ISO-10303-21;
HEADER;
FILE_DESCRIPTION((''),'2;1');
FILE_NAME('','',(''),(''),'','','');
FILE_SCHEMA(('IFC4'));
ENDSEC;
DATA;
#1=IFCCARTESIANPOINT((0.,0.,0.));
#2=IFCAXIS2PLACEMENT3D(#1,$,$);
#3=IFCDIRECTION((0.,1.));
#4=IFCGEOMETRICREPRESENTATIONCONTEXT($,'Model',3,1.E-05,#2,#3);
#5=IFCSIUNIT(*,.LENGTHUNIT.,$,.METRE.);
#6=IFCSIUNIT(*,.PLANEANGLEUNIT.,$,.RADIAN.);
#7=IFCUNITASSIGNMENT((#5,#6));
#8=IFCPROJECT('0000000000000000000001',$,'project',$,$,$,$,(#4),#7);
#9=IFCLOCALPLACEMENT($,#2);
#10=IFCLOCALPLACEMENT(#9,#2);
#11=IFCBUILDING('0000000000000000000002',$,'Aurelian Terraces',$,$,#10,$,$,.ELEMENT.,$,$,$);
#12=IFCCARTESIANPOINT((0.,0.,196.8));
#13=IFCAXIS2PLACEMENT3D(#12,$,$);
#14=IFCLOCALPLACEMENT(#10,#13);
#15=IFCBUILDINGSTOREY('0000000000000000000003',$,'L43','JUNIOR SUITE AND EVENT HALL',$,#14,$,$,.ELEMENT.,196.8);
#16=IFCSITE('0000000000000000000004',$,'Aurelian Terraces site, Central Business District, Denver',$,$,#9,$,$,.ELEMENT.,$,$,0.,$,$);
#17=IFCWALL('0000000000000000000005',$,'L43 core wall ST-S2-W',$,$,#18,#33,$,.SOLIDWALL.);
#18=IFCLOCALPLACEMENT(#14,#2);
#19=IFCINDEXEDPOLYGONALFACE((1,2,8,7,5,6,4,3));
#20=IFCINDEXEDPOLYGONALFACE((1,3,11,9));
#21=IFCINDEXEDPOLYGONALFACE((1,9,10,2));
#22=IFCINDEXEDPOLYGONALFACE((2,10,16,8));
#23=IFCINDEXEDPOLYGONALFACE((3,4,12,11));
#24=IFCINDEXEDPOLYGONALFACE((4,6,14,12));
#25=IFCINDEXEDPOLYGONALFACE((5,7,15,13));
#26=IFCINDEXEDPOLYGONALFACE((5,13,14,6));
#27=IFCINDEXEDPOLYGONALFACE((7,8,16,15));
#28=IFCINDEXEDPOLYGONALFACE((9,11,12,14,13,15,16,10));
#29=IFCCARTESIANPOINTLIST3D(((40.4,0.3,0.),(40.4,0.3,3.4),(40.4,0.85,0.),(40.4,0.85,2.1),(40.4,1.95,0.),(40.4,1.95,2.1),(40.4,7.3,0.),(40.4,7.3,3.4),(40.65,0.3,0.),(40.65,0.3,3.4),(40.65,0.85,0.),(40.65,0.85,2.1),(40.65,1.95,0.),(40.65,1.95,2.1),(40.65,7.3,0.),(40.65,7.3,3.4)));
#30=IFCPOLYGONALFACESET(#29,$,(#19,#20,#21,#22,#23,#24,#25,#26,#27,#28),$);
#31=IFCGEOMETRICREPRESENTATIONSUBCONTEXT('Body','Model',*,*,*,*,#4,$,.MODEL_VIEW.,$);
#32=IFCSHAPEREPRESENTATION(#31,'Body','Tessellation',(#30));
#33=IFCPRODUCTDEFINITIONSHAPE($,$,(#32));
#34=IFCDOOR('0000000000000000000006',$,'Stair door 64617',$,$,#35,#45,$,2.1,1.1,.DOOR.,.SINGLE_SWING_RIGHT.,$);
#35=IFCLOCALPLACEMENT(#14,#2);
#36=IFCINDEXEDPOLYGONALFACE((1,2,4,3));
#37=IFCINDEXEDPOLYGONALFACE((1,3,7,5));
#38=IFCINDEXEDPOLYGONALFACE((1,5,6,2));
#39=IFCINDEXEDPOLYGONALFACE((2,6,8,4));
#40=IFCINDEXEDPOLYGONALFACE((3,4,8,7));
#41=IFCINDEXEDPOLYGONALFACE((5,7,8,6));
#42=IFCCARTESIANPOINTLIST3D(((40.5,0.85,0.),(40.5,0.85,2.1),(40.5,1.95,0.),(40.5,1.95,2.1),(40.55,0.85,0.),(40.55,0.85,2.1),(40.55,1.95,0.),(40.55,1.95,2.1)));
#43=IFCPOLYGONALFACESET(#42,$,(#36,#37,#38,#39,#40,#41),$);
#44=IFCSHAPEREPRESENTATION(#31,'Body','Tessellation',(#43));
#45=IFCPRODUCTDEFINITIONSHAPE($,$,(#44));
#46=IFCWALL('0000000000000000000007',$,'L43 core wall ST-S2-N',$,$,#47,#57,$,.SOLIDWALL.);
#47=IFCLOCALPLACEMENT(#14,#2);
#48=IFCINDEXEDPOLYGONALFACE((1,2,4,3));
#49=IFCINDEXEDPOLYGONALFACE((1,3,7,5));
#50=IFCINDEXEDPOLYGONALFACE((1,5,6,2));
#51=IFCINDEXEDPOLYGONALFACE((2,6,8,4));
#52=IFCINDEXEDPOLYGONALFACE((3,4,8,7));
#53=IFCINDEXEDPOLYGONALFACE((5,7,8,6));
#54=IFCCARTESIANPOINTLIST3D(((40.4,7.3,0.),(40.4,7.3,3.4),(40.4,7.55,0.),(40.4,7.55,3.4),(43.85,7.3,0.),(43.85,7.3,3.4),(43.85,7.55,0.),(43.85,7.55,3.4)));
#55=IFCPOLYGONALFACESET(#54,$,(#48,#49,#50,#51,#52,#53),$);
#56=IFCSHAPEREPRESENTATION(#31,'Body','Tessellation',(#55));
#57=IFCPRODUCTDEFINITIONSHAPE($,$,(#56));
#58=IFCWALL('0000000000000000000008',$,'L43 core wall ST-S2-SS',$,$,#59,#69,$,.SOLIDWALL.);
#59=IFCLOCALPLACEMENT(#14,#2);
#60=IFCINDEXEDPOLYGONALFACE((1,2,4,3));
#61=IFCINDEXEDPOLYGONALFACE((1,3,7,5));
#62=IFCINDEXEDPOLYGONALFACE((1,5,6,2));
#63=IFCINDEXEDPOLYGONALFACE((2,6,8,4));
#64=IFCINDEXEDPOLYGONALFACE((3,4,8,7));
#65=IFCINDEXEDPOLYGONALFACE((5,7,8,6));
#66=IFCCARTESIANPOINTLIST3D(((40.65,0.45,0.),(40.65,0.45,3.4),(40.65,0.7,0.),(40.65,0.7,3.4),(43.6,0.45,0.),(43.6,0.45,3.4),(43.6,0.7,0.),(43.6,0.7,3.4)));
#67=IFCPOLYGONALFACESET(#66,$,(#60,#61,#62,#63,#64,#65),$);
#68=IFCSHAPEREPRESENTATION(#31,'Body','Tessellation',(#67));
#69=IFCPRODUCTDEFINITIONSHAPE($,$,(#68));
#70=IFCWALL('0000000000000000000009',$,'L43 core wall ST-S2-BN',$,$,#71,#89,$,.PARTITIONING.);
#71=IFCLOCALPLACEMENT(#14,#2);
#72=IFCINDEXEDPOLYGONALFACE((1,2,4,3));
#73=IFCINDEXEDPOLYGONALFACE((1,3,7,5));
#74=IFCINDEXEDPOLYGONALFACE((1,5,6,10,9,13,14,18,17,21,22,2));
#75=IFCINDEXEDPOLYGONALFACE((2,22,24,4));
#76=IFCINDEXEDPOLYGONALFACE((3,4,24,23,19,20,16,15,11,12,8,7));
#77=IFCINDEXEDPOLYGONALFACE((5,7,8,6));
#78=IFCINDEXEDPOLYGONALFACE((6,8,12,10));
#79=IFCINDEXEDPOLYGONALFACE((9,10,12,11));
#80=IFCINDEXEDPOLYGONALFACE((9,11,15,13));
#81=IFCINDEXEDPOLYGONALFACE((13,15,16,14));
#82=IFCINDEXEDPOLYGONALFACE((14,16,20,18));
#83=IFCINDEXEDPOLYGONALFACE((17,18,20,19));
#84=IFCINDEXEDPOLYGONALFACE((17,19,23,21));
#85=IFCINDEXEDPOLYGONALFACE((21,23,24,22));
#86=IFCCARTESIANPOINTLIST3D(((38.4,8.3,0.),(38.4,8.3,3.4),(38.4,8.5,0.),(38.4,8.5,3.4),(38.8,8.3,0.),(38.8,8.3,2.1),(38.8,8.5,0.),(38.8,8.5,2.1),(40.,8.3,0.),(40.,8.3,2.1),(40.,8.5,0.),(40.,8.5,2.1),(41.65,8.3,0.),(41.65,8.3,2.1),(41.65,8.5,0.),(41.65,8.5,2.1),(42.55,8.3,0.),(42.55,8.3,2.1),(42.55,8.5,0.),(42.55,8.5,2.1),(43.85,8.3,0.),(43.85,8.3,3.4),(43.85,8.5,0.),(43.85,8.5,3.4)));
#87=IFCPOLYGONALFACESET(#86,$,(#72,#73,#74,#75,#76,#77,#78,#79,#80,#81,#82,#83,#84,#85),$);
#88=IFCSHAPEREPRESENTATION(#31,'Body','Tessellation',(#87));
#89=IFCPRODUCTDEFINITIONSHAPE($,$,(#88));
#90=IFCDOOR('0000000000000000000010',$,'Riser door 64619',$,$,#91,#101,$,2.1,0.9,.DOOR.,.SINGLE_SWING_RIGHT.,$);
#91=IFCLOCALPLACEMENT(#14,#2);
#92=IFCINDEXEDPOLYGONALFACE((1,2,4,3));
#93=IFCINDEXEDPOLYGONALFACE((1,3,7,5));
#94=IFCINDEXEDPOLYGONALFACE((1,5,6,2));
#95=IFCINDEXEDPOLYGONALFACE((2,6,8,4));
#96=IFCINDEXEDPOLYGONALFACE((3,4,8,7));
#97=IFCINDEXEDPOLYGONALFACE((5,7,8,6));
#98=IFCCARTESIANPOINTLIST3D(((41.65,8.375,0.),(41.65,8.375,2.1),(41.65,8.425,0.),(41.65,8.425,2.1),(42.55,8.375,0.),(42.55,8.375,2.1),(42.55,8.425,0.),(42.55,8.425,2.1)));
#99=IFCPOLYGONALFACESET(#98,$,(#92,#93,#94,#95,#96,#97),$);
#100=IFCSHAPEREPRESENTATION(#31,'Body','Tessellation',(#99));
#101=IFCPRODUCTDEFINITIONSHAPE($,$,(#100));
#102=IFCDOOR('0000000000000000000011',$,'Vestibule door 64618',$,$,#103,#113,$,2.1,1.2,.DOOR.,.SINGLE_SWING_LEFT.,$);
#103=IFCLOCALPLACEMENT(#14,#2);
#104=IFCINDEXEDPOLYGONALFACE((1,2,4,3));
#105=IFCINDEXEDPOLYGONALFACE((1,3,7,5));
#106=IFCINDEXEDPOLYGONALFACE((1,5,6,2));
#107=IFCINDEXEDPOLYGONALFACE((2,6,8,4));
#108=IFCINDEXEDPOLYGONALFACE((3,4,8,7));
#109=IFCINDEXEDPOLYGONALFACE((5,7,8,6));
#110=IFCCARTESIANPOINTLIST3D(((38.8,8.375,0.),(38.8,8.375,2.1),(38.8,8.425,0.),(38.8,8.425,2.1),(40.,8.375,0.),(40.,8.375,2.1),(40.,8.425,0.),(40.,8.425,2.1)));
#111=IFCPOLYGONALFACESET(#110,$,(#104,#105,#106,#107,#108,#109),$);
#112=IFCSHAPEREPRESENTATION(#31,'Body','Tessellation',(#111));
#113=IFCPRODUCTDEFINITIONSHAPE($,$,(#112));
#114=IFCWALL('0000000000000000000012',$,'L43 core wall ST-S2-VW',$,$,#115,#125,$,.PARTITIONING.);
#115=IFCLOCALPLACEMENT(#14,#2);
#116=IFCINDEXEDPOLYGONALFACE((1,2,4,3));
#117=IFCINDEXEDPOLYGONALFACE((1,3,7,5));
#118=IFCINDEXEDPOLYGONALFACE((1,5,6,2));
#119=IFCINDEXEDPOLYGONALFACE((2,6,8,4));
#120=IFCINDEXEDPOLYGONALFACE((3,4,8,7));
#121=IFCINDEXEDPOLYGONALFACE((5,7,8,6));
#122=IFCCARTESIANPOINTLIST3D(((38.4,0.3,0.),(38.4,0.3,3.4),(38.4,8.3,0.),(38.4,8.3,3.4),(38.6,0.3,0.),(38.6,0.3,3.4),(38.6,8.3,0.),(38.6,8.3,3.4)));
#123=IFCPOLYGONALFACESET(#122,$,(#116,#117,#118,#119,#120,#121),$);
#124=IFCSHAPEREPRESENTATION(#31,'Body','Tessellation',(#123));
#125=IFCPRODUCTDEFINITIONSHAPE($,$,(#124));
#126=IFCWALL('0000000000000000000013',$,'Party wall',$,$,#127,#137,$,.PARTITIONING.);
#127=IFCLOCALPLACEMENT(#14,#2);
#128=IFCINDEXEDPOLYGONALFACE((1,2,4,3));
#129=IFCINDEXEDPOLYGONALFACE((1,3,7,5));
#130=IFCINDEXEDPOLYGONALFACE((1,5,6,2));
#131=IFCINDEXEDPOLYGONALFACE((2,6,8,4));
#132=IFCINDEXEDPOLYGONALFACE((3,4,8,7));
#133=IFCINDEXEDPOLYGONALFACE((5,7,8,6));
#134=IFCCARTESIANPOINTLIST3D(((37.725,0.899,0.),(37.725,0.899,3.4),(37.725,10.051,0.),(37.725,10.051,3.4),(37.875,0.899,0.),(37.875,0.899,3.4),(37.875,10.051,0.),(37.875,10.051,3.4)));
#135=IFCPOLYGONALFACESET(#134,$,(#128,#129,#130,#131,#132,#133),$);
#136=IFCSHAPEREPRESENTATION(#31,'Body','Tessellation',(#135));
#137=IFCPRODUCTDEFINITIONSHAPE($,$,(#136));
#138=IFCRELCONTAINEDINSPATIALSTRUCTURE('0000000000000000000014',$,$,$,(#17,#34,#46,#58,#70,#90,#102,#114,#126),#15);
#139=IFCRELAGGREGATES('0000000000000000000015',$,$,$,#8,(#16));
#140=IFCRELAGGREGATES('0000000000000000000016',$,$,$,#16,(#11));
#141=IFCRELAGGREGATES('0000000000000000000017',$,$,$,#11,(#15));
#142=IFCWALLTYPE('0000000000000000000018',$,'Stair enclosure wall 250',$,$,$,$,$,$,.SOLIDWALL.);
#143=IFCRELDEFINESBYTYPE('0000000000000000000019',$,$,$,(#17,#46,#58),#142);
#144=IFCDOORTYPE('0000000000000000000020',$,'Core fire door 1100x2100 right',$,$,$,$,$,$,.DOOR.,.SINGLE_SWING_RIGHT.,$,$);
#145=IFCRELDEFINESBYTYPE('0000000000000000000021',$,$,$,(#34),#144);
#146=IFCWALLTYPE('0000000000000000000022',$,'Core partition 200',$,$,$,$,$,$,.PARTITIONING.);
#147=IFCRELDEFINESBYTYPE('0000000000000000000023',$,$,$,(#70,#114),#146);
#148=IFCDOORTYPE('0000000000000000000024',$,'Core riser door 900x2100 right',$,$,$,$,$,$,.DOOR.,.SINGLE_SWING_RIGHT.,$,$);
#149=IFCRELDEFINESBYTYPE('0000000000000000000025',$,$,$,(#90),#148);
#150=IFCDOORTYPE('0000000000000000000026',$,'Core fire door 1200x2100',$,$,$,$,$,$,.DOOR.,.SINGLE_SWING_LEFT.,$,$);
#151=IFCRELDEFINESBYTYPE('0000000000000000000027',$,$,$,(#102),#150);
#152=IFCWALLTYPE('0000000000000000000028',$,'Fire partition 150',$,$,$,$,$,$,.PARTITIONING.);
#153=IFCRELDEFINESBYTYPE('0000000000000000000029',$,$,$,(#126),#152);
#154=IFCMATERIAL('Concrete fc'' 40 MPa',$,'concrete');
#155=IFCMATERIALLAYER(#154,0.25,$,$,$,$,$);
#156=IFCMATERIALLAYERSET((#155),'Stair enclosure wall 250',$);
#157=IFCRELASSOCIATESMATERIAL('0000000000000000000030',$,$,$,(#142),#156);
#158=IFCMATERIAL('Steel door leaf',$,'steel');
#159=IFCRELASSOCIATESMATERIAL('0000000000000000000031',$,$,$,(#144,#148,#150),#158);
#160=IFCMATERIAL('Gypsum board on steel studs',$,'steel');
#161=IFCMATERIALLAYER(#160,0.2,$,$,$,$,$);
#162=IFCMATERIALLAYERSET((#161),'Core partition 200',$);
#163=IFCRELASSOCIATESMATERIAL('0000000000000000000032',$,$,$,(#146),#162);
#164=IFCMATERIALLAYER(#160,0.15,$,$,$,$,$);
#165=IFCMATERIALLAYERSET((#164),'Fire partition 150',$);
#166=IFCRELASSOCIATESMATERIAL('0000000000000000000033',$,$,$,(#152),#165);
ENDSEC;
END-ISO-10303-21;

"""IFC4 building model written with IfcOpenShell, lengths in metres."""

from ifc_helpers import new_model, si_unit, direction, frame, frame_2d, origin, place, context, subcontext, project, spatial, rectangle, extrude, source, transform, mapped, material, layer, layer_set, type_object, element, fill, save


model = new_model("IFC4")

# Units and contexts
model_context = context("Model", 3, precision=1e-05, world=origin(), true_north=direction((0.0, 1.0)))
body_context = subcontext(model_context, "Body", "Model", "MODEL_VIEW")
ifc_project = project(units=[si_unit("LENGTHUNIT", "METRE"), si_unit("PLANEANGLEUNIT", "RADIAN")], contexts=[model_context])

# Site, building, storey
site_placement = place(None, origin())
site = spatial("IfcSite", under=ifc_project, at=site_placement, Name="Aurelian Terraces site, Central Business District, Denver", CompositionType="ELEMENT", RefElevation=0.0)
building_placement = place(site_placement, origin())
building = spatial("IfcBuilding", under=site, at=building_placement, Name="Aurelian Terraces", CompositionType="ELEMENT")
storey_placement = place(building_placement, frame((0.0, 0.0, 196.8)))
storey = spatial("IfcBuildingStorey", under=building, at=storey_placement, Name="L43", Description="JUNIOR SUITE AND EVENT HALL", CompositionType="ELEMENT", Elevation=196.8)

# Shared definitions
ifc_material_1 = material(Name="Concrete fc' 40 MPa", Category="concrete")

# Wall, opening, door
ifc_layer_1 = layer(ifc_material_1, 0.25)
ifc_layer_set_1 = layer_set([ifc_layer_1], Name="Stair enclosure wall 250")
wall_type_1 = type_object("IfcWallType", Name="Stair enclosure wall 250", PredefinedType="SOLIDWALL", material=ifc_layer_set_1)
shared_shape_1 = source(origin(), body_context, "Body", "SweptSolid", [
    extrude(rectangle(XDim=7.0, YDim=0.25, at=frame_2d((3.5, 0.0))), origin(), (0.0, 0.0, 1.0), 3.4),
])
wall_1_placement = place(storey_placement, frame((40.525, 0.3, 0.0), z_axis=(0.0, 0.0, 1.0), x_axis=(0.0, 1.0, 0.0)))
wall_1 = element("IfcWall", 1, at=wall_1_placement, inside=storey, type_object=wall_type_1, Name="L43 core wall ST-S2-W", PredefinedType="SOLIDWALL", context=body_context, shape_type="MappedRepresentation", body=[
    mapped(shared_shape_1, transform((0.0, 0.0, 0.0), scale=1.0)),
])
shared_shape_2 = source(origin(), body_context, "Body", "SweptSolid", [
    extrude(rectangle(XDim=1.1, YDim=2.1, at=frame_2d((0.55, 1.05))), frame((0.0, 0.135, 0.0), z_axis=(0.0, -1.0, 0.0), x_axis=(1.0, 0.0, 0.0)), (0.0, 0.0, 1.0), 0.27),
])
opening_1_placement = place(wall_1_placement, frame((0.55, 0.0, 0.0)))
opening_1 = element("IfcOpeningElement", 2, at=opening_1_placement, cuts=wall_1, PredefinedType="OPENING", context=body_context, shape_type="MappedRepresentation", body=[
    mapped(shared_shape_2, transform((0.0, 0.0, 0.0), scale=1.0)),
])
ifc_material_2 = material(Name="Steel door leaf", Category="steel")
door_type_1 = type_object("IfcDoorType", Name="Core fire door 1100x2100 right", OperationType="SINGLE_SWING_RIGHT", PredefinedType="DOOR", material=ifc_material_2)
shared_shape_3 = source(origin(), body_context, "Body", "SweptSolid", [
    extrude(rectangle(XDim=1.1, YDim=2.1, at=frame_2d((0.55, 1.05))), frame((0.0, 0.025, 0.0), z_axis=(0.0, -1.0, 0.0), x_axis=(1.0, 0.0, 0.0)), (0.0, 0.0, 1.0), 0.05),
])
door_1_placement = place(opening_1_placement, origin())
door_1 = element("IfcDoor", 3, at=door_1_placement, inside=storey, type_object=door_type_1, Name="Stair door 64617", OperationType="SINGLE_SWING_RIGHT", OverallHeight=2.1, OverallWidth=1.1, PredefinedType="DOOR", context=body_context, shape_type="MappedRepresentation", body=[
    mapped(shared_shape_3, transform((0.0, 0.0, 0.0), scale=1.0)),
])
fill(opening_1, door_1)

# Walls
shared_shape_4 = source(origin(), body_context, "Body", "SweptSolid", [
    extrude(rectangle(XDim=3.45, YDim=0.25, at=frame_2d((1.725, 0.0))), origin(), (0.0, 0.0, 1.0), 3.4),
])
wall_2_placement = place(storey_placement, frame((40.4, 7.425, 0.0), z_axis=(0.0, 0.0, 1.0), x_axis=(1.0, 0.0, 0.0)))
element("IfcWall", 4, at=wall_2_placement, inside=storey, type_object=wall_type_1, Name="L43 core wall ST-S2-N", PredefinedType="SOLIDWALL", context=body_context, shape_type="MappedRepresentation", body=[
    mapped(shared_shape_4, transform((0.0, 0.0, 0.0), scale=1.0)),
])
shared_shape_5 = source(origin(), body_context, "Body", "SweptSolid", [
    extrude(rectangle(XDim=2.95, YDim=0.25, at=frame_2d((1.475, 0.0))), origin(), (0.0, 0.0, 1.0), 3.4),
])
wall_3_placement = place(storey_placement, frame((40.65, 0.575, 0.0), z_axis=(0.0, 0.0, 1.0), x_axis=(1.0, 0.0, 0.0)))
element("IfcWall", 5, at=wall_3_placement, inside=storey, type_object=wall_type_1, Name="L43 core wall ST-S2-SS", PredefinedType="SOLIDWALL", context=body_context, shape_type="MappedRepresentation", body=[
    mapped(shared_shape_5, transform((0.0, 0.0, 0.0), scale=1.0)),
])

# Wall, openings, doors
ifc_material_3 = material(Name="Gypsum board on steel studs", Category="steel")
ifc_layer_2 = layer(ifc_material_3, 0.2)
ifc_layer_set_2 = layer_set([ifc_layer_2], Name="Core partition 200")
wall_type_2 = type_object("IfcWallType", Name="Core partition 200", PredefinedType="PARTITIONING", material=ifc_layer_set_2)
shared_shape_6 = source(origin(), body_context, "Body", "SweptSolid", [
    extrude(rectangle(XDim=5.45, YDim=0.2, at=frame_2d((2.725, 0.0))), origin(), (0.0, 0.0, 1.0), 3.4),
])
wall_4_placement = place(storey_placement, frame((38.4, 8.4, 0.0), z_axis=(0.0, 0.0, 1.0), x_axis=(1.0, 0.0, 0.0)))
wall_4 = element("IfcWall", 6, at=wall_4_placement, inside=storey, type_object=wall_type_2, Name="L43 core wall ST-S2-BN", PredefinedType="PARTITIONING", context=body_context, shape_type="MappedRepresentation", body=[
    mapped(shared_shape_6, transform((0.0, 0.0, 0.0), scale=1.0)),
])
shared_shape_7 = source(origin(), body_context, "Body", "SweptSolid", [
    extrude(rectangle(XDim=1.2, YDim=2.1, at=frame_2d((0.6, 1.05))), frame((0.0, 0.11, 0.0), z_axis=(0.0, -1.0, 0.0), x_axis=(1.0, 0.0, 0.0)), (0.0, 0.0, 1.0), 0.22),
])
opening_2_placement = place(wall_4_placement, frame((0.4, 0.0, 0.0)))
opening_2 = element("IfcOpeningElement", 7, at=opening_2_placement, cuts=wall_4, PredefinedType="OPENING", context=body_context, shape_type="MappedRepresentation", body=[
    mapped(shared_shape_7, transform((0.0, 0.0, 0.0), scale=1.0)),
])
shared_shape_8 = source(origin(), body_context, "Body", "SweptSolid", [
    extrude(rectangle(XDim=0.9, YDim=2.1, at=frame_2d((0.45, 1.05))), frame((0.0, 0.11, 0.0), z_axis=(0.0, -1.0, 0.0), x_axis=(1.0, 0.0, 0.0)), (0.0, 0.0, 1.0), 0.22),
])
opening_3_placement = place(wall_4_placement, frame((3.25, 0.0, 0.0)))
opening_3 = element("IfcOpeningElement", 8, at=opening_3_placement, cuts=wall_4, PredefinedType="OPENING", context=body_context, shape_type="MappedRepresentation", body=[
    mapped(shared_shape_8, transform((0.0, 0.0, 0.0), scale=1.0)),
])
door_type_2 = type_object("IfcDoorType", Name="Core riser door 900x2100 right", OperationType="SINGLE_SWING_RIGHT", PredefinedType="DOOR", material=ifc_material_2)
shared_shape_9 = source(origin(), body_context, "Body", "SweptSolid", [
    extrude(rectangle(XDim=0.9, YDim=2.1, at=frame_2d((0.45, 1.05))), frame((0.0, 0.025, 0.0), z_axis=(0.0, -1.0, 0.0), x_axis=(1.0, 0.0, 0.0)), (0.0, 0.0, 1.0), 0.05),
])
door_2_placement = place(opening_3_placement, origin())
door_2 = element("IfcDoor", 9, at=door_2_placement, inside=storey, type_object=door_type_2, Name="Riser door 64619", OperationType="SINGLE_SWING_RIGHT", OverallHeight=2.1, OverallWidth=0.9, PredefinedType="DOOR", context=body_context, shape_type="MappedRepresentation", body=[
    mapped(shared_shape_9, transform((0.0, 0.0, 0.0), scale=1.0)),
])
fill(opening_3, door_2)
door_type_3 = type_object("IfcDoorType", Name="Core fire door 1200x2100", OperationType="SINGLE_SWING_LEFT", PredefinedType="DOOR", material=ifc_material_2)
shared_shape_10 = source(origin(), body_context, "Body", "SweptSolid", [
    extrude(rectangle(XDim=1.2, YDim=2.1, at=frame_2d((0.6, 1.05))), frame((0.0, 0.025, 0.0), z_axis=(0.0, -1.0, 0.0), x_axis=(1.0, 0.0, 0.0)), (0.0, 0.0, 1.0), 0.05),
])
door_3_placement = place(opening_2_placement, origin())
door_3 = element("IfcDoor", 10, at=door_3_placement, inside=storey, type_object=door_type_3, Name="Vestibule door 64618", OperationType="SINGLE_SWING_LEFT", OverallHeight=2.1, OverallWidth=1.2, PredefinedType="DOOR", context=body_context, shape_type="MappedRepresentation", body=[
    mapped(shared_shape_10, transform((0.0, 0.0, 0.0), scale=1.0)),
])
fill(opening_2, door_3)

# Walls
shared_shape_11 = source(origin(), body_context, "Body", "SweptSolid", [
    extrude(rectangle(XDim=8.0, YDim=0.2, at=frame_2d((4.0, 0.0))), origin(), (0.0, 0.0, 1.0), 3.4),
])
wall_5_placement = place(storey_placement, frame((38.5, 0.3, 0.0), z_axis=(0.0, 0.0, 1.0), x_axis=(0.0, 1.0, 0.0)))
element("IfcWall", 11, at=wall_5_placement, inside=storey, type_object=wall_type_2, Name="L43 core wall ST-S2-VW", PredefinedType="PARTITIONING", context=body_context, shape_type="MappedRepresentation", body=[
    mapped(shared_shape_11, transform((0.0, 0.0, 0.0), scale=1.0)),
])
ifc_layer_3 = layer(ifc_material_3, 0.15)
ifc_layer_set_3 = layer_set([ifc_layer_3], Name="Fire partition 150")
wall_type_3 = type_object("IfcWallType", Name="Fire partition 150", PredefinedType="PARTITIONING", material=ifc_layer_set_3)
shared_shape_12 = source(origin(), body_context, "Body", "SweptSolid", [
    extrude(rectangle(XDim=9.152, YDim=0.15, at=frame_2d((4.576, 0.0))), origin(), (0.0, 0.0, 1.0), 3.4),
])
wall_6_placement = place(storey_placement, frame((37.8, 0.899, 0.0), z_axis=(0.0, 0.0, 1.0), x_axis=(0.0, 1.0, 0.0)))
element("IfcWall", 12, at=wall_6_placement, inside=storey, type_object=wall_type_3, Name="Party wall", PredefinedType="PARTITIONING", context=body_context, shape_type="MappedRepresentation", body=[
    mapped(shared_shape_12, transform((0.0, 0.0, 0.0), scale=1.0)),
])

save(model, "model.ifc")
